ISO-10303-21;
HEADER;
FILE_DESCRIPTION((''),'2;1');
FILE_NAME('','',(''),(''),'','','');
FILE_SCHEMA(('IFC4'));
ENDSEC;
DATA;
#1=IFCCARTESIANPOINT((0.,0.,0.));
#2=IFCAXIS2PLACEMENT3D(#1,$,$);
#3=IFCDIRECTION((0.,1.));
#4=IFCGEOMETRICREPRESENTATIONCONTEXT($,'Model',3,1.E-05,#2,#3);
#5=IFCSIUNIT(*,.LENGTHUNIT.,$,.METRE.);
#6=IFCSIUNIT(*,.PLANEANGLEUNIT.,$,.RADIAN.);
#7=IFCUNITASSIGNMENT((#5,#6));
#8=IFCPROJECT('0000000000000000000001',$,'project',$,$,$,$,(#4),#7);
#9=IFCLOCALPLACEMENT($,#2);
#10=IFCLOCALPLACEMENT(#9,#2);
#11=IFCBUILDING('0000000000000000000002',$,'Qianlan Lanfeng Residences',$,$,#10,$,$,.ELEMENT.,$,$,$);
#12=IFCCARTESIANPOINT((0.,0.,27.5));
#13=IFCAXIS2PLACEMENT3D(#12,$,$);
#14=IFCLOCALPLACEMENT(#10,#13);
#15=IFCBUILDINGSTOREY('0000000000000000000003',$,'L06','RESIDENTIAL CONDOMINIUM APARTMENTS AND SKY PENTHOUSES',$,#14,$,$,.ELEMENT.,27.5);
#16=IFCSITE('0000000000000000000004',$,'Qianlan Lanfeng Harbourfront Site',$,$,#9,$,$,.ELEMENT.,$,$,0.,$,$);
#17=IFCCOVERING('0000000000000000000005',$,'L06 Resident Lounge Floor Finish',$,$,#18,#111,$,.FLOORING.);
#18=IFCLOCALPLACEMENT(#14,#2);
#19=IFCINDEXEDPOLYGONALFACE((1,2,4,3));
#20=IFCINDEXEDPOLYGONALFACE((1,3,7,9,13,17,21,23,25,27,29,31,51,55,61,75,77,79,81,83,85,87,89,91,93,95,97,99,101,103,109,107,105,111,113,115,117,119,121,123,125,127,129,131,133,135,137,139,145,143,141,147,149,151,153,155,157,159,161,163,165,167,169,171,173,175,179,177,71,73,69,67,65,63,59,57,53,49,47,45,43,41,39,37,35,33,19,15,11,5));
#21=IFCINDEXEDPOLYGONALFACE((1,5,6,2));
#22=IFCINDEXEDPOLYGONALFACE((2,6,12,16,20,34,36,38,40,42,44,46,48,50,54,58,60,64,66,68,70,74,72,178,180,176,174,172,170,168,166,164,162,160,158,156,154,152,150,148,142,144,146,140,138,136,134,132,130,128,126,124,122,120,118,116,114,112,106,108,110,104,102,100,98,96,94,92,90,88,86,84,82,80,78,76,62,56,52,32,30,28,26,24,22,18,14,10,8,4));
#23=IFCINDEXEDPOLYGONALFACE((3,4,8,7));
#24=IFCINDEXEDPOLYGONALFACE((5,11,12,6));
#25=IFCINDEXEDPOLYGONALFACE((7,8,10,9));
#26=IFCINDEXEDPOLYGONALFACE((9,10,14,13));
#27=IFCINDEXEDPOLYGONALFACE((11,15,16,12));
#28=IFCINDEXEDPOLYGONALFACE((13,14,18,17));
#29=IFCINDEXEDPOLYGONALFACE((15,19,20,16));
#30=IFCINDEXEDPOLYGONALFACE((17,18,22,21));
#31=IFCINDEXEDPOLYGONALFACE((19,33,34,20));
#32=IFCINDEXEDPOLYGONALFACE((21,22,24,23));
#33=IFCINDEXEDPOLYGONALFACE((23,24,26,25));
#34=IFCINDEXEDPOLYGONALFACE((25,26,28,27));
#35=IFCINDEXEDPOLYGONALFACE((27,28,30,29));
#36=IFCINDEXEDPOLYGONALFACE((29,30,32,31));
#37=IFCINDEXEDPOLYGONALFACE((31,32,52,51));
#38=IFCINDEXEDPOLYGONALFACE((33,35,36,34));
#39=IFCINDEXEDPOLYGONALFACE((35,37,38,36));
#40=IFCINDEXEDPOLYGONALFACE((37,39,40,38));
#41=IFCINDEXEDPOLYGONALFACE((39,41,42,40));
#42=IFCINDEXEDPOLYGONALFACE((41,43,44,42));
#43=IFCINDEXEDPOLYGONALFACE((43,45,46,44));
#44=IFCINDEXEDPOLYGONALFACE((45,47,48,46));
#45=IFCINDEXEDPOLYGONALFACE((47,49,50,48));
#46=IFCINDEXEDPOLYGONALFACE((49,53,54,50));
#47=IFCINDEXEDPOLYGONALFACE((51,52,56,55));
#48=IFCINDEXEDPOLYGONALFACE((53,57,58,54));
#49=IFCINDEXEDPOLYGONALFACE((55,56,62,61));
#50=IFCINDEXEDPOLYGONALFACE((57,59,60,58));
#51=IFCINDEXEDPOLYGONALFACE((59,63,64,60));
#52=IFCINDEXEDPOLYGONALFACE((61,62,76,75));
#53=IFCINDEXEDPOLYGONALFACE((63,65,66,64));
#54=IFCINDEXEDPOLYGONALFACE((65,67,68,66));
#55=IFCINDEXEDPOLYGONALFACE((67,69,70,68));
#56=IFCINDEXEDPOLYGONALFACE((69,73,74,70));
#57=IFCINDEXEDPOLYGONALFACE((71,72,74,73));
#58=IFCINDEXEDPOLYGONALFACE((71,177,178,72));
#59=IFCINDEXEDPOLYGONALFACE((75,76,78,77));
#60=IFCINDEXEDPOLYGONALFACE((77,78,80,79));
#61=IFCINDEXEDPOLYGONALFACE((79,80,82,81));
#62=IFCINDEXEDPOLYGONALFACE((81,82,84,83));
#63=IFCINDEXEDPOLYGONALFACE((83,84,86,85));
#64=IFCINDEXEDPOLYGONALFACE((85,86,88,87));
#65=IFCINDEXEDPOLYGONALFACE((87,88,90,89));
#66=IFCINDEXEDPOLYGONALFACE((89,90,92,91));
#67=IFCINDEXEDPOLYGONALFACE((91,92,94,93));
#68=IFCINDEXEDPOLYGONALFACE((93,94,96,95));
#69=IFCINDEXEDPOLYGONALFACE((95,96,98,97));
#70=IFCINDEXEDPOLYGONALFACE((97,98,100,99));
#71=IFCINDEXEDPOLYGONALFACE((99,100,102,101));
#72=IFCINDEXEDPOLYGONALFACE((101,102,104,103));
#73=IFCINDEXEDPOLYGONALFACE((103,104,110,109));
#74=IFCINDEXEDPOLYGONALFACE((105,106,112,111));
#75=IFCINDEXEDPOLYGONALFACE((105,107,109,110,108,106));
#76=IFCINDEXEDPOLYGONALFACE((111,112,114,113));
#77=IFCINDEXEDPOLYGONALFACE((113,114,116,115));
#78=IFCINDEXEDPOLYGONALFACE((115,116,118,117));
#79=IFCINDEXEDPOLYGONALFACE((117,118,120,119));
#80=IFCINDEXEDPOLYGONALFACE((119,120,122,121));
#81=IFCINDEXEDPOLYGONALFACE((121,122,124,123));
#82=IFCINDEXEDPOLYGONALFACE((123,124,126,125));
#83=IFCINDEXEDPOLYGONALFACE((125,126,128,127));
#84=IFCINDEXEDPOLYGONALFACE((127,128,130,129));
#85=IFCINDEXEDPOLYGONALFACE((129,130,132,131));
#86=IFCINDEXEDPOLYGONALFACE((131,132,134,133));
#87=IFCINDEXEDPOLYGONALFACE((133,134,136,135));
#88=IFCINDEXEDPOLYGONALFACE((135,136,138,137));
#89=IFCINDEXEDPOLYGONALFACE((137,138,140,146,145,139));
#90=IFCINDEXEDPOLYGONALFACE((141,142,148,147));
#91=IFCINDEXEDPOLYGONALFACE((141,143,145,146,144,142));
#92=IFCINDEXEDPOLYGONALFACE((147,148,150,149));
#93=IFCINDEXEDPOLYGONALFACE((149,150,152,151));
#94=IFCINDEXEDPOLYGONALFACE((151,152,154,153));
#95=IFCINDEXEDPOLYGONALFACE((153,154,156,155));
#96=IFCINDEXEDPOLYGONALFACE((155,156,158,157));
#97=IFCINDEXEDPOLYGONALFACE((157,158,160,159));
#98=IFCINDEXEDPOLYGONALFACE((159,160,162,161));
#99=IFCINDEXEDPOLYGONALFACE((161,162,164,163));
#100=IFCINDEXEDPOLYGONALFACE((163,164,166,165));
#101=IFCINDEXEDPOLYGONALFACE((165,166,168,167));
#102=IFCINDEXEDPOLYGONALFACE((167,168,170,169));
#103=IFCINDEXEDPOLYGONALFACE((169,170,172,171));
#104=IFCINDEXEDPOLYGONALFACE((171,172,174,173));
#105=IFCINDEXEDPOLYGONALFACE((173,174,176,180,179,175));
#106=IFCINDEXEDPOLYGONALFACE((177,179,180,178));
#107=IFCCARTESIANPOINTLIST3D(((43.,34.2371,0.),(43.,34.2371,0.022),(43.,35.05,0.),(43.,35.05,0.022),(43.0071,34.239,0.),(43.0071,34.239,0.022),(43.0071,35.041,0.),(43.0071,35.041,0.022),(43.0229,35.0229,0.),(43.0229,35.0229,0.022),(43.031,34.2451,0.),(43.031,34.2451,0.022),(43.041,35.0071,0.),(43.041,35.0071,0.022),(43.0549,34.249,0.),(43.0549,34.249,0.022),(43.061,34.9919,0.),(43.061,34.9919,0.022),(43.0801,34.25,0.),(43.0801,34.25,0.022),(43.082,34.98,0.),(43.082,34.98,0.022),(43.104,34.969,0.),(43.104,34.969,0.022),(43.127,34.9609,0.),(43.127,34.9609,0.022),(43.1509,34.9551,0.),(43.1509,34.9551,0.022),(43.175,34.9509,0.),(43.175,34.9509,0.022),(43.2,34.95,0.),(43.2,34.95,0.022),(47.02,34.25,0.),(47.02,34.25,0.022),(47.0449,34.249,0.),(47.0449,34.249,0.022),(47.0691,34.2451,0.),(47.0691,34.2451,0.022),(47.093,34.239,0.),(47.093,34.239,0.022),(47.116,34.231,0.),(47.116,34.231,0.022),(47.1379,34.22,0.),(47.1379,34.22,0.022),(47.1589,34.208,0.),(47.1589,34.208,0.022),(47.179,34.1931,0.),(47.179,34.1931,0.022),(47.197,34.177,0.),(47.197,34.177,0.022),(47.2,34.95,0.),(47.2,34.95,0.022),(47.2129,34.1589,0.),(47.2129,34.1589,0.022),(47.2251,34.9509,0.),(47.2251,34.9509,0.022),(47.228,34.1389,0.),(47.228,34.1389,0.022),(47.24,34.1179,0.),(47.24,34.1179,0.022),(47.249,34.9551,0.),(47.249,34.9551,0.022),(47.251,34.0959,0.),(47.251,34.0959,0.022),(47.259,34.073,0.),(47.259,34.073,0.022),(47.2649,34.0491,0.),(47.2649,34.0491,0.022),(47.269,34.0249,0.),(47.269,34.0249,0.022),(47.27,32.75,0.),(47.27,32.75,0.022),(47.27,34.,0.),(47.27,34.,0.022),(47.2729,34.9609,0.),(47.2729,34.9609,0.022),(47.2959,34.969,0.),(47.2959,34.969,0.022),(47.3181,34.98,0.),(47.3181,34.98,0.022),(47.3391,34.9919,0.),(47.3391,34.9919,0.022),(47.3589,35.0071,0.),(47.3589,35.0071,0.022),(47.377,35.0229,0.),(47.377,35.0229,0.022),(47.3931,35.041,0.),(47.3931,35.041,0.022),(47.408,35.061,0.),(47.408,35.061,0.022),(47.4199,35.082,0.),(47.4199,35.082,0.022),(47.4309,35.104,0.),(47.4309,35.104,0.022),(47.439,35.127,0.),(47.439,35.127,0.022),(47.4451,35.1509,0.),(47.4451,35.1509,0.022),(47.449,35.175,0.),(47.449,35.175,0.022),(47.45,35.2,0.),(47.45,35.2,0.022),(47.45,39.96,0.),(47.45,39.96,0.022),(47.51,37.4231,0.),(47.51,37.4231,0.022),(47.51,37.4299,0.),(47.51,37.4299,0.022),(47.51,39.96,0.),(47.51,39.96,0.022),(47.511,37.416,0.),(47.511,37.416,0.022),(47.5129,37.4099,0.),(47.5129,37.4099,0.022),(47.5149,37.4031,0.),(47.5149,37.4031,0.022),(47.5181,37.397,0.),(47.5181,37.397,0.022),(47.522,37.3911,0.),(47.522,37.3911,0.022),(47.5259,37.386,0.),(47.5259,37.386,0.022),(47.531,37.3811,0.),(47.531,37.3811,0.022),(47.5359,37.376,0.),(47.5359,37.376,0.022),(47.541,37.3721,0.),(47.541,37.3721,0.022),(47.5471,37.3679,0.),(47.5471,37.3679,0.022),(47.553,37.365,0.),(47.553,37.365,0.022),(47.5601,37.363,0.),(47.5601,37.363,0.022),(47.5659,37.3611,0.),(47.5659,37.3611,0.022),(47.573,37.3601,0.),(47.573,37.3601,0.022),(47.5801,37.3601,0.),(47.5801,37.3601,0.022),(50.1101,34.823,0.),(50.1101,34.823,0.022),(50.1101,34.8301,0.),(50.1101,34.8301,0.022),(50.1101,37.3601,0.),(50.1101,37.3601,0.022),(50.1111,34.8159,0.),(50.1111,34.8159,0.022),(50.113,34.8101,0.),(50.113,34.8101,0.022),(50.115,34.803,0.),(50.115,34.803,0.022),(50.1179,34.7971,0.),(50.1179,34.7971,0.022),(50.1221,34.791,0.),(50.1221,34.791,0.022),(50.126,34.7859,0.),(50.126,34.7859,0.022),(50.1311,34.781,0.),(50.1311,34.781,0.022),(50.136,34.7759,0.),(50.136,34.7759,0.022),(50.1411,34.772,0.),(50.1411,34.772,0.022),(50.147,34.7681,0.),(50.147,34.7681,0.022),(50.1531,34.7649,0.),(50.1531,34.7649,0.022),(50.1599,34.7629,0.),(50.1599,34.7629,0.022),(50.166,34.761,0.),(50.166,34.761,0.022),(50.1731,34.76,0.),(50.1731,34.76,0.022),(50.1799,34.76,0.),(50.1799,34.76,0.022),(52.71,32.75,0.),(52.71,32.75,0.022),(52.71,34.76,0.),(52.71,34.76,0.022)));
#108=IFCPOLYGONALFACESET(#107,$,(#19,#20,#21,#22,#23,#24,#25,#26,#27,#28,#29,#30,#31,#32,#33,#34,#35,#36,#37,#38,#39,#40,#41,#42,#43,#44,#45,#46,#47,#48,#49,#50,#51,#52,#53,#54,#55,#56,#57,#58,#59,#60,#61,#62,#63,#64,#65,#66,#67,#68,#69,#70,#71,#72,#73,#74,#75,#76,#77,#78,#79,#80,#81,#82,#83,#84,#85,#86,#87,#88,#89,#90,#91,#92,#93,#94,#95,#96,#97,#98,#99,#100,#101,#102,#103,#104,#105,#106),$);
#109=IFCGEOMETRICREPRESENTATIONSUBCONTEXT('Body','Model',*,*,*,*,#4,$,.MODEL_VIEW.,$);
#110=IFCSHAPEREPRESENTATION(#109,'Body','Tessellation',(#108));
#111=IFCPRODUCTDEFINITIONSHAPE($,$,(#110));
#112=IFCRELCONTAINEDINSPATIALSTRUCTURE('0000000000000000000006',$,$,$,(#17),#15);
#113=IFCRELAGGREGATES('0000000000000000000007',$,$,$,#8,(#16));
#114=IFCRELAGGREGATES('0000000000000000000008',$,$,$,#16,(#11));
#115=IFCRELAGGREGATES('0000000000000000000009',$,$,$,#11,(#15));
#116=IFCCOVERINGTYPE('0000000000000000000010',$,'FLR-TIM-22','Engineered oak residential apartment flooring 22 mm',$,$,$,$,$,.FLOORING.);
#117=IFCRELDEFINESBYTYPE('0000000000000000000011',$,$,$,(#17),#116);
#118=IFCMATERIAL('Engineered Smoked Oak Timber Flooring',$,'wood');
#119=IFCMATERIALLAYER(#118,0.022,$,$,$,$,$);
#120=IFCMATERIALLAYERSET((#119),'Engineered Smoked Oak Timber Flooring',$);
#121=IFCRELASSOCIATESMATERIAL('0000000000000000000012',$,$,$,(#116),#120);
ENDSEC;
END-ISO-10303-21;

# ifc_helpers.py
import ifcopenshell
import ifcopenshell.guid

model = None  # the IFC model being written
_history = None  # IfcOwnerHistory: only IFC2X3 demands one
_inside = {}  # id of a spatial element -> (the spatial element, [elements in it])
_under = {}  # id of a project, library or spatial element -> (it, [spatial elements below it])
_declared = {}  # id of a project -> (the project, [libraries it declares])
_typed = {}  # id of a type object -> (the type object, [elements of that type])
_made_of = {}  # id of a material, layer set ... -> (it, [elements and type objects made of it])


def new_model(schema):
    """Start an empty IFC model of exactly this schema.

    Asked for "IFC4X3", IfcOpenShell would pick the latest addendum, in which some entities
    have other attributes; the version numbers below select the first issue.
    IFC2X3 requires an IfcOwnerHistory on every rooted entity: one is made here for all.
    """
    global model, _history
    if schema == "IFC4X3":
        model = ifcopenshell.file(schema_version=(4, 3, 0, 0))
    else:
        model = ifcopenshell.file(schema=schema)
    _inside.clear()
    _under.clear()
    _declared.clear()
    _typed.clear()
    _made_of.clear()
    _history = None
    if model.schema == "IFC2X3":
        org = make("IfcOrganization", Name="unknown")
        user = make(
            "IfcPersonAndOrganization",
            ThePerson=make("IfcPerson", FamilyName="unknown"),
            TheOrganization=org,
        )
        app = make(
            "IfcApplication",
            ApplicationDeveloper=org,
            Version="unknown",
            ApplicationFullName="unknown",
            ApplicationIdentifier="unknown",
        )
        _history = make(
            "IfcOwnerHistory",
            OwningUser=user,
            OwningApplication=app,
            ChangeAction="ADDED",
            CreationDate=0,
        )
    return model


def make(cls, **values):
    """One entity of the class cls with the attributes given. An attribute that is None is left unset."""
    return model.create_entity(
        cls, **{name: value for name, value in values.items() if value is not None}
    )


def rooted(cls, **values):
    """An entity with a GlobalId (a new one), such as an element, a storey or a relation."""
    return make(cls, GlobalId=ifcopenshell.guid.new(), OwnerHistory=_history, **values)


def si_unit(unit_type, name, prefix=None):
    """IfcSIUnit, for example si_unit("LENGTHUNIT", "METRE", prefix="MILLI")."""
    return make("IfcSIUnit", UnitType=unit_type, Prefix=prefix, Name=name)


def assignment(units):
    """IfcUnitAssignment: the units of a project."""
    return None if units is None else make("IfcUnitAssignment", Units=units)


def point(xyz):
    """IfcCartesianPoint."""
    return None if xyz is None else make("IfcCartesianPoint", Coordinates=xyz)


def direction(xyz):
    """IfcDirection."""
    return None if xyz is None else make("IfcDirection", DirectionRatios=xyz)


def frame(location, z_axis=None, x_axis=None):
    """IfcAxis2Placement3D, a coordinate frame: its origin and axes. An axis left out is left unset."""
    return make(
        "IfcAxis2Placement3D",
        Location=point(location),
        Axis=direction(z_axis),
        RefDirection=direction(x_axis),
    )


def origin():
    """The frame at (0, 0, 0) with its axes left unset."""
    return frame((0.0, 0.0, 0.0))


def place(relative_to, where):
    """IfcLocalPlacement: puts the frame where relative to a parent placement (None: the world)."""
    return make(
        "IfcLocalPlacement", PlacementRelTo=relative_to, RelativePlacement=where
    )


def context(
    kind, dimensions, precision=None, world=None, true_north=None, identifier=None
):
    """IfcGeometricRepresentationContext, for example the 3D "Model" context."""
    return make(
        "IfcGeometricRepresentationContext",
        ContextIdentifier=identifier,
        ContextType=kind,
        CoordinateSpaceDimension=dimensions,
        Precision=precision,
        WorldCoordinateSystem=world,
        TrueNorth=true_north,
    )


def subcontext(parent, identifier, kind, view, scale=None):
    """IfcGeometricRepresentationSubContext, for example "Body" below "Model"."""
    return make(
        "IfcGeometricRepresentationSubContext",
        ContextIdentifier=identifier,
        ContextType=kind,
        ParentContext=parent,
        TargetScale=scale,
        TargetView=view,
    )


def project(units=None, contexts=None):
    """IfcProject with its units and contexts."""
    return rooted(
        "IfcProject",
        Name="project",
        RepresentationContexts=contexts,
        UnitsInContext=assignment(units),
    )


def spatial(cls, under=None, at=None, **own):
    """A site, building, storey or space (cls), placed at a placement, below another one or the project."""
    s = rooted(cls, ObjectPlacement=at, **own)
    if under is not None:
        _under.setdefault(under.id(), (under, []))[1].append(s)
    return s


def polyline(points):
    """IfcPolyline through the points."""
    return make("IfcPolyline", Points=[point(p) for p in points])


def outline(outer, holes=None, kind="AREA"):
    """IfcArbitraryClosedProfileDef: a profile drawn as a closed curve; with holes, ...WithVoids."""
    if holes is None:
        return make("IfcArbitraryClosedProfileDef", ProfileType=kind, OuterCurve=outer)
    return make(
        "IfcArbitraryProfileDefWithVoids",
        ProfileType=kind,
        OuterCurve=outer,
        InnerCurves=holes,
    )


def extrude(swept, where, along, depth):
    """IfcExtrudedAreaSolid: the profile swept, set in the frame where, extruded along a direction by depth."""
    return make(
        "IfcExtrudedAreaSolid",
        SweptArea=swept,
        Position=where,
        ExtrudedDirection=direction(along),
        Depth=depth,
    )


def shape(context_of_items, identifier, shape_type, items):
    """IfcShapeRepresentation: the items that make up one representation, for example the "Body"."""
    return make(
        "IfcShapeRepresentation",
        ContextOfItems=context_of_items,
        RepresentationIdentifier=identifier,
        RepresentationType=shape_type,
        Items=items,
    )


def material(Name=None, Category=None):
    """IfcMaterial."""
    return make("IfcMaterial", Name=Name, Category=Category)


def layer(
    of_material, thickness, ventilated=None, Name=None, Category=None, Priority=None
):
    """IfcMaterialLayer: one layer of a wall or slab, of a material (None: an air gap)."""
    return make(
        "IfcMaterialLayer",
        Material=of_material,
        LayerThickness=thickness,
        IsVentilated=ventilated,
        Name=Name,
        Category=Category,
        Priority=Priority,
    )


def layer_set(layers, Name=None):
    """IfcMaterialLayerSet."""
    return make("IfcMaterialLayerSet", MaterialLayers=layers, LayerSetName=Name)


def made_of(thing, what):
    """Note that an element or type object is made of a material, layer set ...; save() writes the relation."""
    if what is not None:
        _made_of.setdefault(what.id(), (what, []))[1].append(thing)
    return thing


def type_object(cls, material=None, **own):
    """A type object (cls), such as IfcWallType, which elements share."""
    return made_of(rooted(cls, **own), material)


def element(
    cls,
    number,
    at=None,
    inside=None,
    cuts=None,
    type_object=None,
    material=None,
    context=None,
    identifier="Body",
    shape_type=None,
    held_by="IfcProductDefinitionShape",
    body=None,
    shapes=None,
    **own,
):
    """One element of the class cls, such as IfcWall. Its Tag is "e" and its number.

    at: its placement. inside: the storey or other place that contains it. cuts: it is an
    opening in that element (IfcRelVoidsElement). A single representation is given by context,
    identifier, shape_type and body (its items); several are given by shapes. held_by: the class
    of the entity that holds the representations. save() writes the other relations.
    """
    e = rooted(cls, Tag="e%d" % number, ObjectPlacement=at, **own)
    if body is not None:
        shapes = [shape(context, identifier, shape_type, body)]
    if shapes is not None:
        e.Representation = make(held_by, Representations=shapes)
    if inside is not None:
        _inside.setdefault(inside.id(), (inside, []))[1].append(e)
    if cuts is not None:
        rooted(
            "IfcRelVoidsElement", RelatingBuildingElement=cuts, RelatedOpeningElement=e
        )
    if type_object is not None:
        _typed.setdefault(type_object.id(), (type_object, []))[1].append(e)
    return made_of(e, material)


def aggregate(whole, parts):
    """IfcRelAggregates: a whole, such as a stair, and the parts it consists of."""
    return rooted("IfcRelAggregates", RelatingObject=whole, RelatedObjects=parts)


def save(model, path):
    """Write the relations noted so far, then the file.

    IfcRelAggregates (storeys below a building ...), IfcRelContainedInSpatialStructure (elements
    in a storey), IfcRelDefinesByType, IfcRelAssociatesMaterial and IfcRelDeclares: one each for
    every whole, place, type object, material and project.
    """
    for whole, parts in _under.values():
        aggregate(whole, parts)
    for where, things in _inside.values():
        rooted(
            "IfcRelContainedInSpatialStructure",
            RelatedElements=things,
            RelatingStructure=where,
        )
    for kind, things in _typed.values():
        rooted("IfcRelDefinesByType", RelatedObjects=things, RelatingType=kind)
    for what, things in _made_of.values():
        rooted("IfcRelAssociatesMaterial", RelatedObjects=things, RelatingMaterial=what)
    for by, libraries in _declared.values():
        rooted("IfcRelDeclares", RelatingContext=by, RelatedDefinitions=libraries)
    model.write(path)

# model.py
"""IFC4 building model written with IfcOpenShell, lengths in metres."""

from ifc_helpers import new_model, si_unit, direction, frame, origin, place, context, subcontext, project, spatial, polyline, outline, extrude, material, layer, layer_set, type_object, element, save


model = new_model("IFC4")

# Units and contexts
model_context = context("Model", 3, precision=1e-05, world=origin(), true_north=direction((0.0, 1.0)))
body_context = subcontext(model_context, "Body", "Model", "MODEL_VIEW")
ifc_project = project(units=[si_unit("LENGTHUNIT", "METRE"), si_unit("PLANEANGLEUNIT", "RADIAN")], contexts=[model_context])

# Site, building, storey
site_placement = place(None, origin())
site = spatial("IfcSite", under=ifc_project, at=site_placement, Name="Qianlan Lanfeng Harbourfront Site", CompositionType="ELEMENT", RefElevation=0.0)
building_placement = place(site_placement, origin())
building = spatial("IfcBuilding", under=site, at=building_placement, Name="Qianlan Lanfeng Residences", CompositionType="ELEMENT")
storey_placement = place(building_placement, frame((0.0, 0.0, 27.5)))
storey = spatial("IfcBuildingStorey", under=building, at=storey_placement, Name="L06", Description="RESIDENTIAL CONDOMINIUM APARTMENTS AND SKY PENTHOUSES", CompositionType="ELEMENT", Elevation=27.5)

# Covering
ifc_material_1 = material(Name="Engineered Smoked Oak Timber Flooring", Category="wood")
ifc_layer_1 = layer(ifc_material_1, 0.022)
ifc_layer_set_1 = layer_set([ifc_layer_1], Name="Engineered Smoked Oak Timber Flooring")
covering_type = type_object("IfcCoveringType", Name="FLR-TIM-22", Description="Engineered oak residential apartment flooring 22 mm", PredefinedType="FLOORING", material=ifc_layer_set_1)
covering_1_placement = place(storey_placement, origin())
element("IfcCovering", 1, at=covering_1_placement, inside=storey, type_object=covering_type, Name="L06 Resident Lounge Floor Finish", PredefinedType="FLOORING", context=body_context, shape_type="SweptSolid", body=[
    extrude(outline(polyline([(43.0, 34.2371), (43.0071, 34.239), (43.031, 34.2451), (43.0549, 34.249), (43.0801, 34.25), (47.02, 34.25), (47.0449, 34.249), (47.0691, 34.2451), (47.093, 34.239), (47.116, 34.231), (47.1379, 34.22), (47.1589, 34.208), (47.179, 34.1931), (47.197, 34.177), (47.2129, 34.1589), (47.228, 34.1389), (47.24, 34.1179), (47.251, 34.0959), (47.259, 34.073), (47.2649, 34.0491), (47.269, 34.0249), (47.27, 34.0), (47.27, 32.75), (52.71, 32.75), (52.71, 34.76), (50.1799, 34.76), (50.1731, 34.76), (50.166, 34.761), (50.1599, 34.7629), (50.1531, 34.7649), (50.147, 34.7681), (50.1411, 34.772), (50.136, 34.7759), (50.1311, 34.781), (50.126, 34.7859), (50.1221, 34.791), (50.1179, 34.7971), (50.115, 34.803), (50.113, 34.8101), (50.1111, 34.8159), (50.1101, 34.823), (50.1101, 34.8301), (50.1101, 37.3601), (47.5801, 37.3601), (47.573, 37.3601), (47.5659, 37.3611), (47.5601, 37.363), (47.553, 37.365), (47.5471, 37.3679), (47.541, 37.3721), (47.5359, 37.376), (47.531, 37.3811), (47.5259, 37.386), (47.522, 37.3911), (47.5181, 37.397), (47.5149, 37.4031), (47.5129, 37.4099), (47.511, 37.416), (47.51, 37.4231), (47.51, 37.4299), (47.51, 39.96), (47.45, 39.96), (47.45, 35.2), (47.449, 35.175), (47.4451, 35.1509), (47.439, 35.127), (47.4309, 35.104), (47.4199, 35.082), (47.408, 35.061), (47.3931, 35.041), (47.377, 35.0229), (47.3589, 35.0071), (47.3391, 34.9919), (47.3181, 34.98), (47.2959, 34.969), (47.2729, 34.9609), (47.249, 34.9551), (47.2251, 34.9509), (47.2, 34.95), (43.2, 34.95), (43.175, 34.9509), (43.1509, 34.9551), (43.127, 34.9609), (43.104, 34.969), (43.082, 34.98), (43.061, 34.9919), (43.041, 35.0071), (43.0229, 35.0229), (43.0071, 35.041), (43.0, 35.05), (43.0, 34.2371)])), origin(), (0.0, 0.0, 1.0), 0.022),
])

save(model, "model.ifc")
